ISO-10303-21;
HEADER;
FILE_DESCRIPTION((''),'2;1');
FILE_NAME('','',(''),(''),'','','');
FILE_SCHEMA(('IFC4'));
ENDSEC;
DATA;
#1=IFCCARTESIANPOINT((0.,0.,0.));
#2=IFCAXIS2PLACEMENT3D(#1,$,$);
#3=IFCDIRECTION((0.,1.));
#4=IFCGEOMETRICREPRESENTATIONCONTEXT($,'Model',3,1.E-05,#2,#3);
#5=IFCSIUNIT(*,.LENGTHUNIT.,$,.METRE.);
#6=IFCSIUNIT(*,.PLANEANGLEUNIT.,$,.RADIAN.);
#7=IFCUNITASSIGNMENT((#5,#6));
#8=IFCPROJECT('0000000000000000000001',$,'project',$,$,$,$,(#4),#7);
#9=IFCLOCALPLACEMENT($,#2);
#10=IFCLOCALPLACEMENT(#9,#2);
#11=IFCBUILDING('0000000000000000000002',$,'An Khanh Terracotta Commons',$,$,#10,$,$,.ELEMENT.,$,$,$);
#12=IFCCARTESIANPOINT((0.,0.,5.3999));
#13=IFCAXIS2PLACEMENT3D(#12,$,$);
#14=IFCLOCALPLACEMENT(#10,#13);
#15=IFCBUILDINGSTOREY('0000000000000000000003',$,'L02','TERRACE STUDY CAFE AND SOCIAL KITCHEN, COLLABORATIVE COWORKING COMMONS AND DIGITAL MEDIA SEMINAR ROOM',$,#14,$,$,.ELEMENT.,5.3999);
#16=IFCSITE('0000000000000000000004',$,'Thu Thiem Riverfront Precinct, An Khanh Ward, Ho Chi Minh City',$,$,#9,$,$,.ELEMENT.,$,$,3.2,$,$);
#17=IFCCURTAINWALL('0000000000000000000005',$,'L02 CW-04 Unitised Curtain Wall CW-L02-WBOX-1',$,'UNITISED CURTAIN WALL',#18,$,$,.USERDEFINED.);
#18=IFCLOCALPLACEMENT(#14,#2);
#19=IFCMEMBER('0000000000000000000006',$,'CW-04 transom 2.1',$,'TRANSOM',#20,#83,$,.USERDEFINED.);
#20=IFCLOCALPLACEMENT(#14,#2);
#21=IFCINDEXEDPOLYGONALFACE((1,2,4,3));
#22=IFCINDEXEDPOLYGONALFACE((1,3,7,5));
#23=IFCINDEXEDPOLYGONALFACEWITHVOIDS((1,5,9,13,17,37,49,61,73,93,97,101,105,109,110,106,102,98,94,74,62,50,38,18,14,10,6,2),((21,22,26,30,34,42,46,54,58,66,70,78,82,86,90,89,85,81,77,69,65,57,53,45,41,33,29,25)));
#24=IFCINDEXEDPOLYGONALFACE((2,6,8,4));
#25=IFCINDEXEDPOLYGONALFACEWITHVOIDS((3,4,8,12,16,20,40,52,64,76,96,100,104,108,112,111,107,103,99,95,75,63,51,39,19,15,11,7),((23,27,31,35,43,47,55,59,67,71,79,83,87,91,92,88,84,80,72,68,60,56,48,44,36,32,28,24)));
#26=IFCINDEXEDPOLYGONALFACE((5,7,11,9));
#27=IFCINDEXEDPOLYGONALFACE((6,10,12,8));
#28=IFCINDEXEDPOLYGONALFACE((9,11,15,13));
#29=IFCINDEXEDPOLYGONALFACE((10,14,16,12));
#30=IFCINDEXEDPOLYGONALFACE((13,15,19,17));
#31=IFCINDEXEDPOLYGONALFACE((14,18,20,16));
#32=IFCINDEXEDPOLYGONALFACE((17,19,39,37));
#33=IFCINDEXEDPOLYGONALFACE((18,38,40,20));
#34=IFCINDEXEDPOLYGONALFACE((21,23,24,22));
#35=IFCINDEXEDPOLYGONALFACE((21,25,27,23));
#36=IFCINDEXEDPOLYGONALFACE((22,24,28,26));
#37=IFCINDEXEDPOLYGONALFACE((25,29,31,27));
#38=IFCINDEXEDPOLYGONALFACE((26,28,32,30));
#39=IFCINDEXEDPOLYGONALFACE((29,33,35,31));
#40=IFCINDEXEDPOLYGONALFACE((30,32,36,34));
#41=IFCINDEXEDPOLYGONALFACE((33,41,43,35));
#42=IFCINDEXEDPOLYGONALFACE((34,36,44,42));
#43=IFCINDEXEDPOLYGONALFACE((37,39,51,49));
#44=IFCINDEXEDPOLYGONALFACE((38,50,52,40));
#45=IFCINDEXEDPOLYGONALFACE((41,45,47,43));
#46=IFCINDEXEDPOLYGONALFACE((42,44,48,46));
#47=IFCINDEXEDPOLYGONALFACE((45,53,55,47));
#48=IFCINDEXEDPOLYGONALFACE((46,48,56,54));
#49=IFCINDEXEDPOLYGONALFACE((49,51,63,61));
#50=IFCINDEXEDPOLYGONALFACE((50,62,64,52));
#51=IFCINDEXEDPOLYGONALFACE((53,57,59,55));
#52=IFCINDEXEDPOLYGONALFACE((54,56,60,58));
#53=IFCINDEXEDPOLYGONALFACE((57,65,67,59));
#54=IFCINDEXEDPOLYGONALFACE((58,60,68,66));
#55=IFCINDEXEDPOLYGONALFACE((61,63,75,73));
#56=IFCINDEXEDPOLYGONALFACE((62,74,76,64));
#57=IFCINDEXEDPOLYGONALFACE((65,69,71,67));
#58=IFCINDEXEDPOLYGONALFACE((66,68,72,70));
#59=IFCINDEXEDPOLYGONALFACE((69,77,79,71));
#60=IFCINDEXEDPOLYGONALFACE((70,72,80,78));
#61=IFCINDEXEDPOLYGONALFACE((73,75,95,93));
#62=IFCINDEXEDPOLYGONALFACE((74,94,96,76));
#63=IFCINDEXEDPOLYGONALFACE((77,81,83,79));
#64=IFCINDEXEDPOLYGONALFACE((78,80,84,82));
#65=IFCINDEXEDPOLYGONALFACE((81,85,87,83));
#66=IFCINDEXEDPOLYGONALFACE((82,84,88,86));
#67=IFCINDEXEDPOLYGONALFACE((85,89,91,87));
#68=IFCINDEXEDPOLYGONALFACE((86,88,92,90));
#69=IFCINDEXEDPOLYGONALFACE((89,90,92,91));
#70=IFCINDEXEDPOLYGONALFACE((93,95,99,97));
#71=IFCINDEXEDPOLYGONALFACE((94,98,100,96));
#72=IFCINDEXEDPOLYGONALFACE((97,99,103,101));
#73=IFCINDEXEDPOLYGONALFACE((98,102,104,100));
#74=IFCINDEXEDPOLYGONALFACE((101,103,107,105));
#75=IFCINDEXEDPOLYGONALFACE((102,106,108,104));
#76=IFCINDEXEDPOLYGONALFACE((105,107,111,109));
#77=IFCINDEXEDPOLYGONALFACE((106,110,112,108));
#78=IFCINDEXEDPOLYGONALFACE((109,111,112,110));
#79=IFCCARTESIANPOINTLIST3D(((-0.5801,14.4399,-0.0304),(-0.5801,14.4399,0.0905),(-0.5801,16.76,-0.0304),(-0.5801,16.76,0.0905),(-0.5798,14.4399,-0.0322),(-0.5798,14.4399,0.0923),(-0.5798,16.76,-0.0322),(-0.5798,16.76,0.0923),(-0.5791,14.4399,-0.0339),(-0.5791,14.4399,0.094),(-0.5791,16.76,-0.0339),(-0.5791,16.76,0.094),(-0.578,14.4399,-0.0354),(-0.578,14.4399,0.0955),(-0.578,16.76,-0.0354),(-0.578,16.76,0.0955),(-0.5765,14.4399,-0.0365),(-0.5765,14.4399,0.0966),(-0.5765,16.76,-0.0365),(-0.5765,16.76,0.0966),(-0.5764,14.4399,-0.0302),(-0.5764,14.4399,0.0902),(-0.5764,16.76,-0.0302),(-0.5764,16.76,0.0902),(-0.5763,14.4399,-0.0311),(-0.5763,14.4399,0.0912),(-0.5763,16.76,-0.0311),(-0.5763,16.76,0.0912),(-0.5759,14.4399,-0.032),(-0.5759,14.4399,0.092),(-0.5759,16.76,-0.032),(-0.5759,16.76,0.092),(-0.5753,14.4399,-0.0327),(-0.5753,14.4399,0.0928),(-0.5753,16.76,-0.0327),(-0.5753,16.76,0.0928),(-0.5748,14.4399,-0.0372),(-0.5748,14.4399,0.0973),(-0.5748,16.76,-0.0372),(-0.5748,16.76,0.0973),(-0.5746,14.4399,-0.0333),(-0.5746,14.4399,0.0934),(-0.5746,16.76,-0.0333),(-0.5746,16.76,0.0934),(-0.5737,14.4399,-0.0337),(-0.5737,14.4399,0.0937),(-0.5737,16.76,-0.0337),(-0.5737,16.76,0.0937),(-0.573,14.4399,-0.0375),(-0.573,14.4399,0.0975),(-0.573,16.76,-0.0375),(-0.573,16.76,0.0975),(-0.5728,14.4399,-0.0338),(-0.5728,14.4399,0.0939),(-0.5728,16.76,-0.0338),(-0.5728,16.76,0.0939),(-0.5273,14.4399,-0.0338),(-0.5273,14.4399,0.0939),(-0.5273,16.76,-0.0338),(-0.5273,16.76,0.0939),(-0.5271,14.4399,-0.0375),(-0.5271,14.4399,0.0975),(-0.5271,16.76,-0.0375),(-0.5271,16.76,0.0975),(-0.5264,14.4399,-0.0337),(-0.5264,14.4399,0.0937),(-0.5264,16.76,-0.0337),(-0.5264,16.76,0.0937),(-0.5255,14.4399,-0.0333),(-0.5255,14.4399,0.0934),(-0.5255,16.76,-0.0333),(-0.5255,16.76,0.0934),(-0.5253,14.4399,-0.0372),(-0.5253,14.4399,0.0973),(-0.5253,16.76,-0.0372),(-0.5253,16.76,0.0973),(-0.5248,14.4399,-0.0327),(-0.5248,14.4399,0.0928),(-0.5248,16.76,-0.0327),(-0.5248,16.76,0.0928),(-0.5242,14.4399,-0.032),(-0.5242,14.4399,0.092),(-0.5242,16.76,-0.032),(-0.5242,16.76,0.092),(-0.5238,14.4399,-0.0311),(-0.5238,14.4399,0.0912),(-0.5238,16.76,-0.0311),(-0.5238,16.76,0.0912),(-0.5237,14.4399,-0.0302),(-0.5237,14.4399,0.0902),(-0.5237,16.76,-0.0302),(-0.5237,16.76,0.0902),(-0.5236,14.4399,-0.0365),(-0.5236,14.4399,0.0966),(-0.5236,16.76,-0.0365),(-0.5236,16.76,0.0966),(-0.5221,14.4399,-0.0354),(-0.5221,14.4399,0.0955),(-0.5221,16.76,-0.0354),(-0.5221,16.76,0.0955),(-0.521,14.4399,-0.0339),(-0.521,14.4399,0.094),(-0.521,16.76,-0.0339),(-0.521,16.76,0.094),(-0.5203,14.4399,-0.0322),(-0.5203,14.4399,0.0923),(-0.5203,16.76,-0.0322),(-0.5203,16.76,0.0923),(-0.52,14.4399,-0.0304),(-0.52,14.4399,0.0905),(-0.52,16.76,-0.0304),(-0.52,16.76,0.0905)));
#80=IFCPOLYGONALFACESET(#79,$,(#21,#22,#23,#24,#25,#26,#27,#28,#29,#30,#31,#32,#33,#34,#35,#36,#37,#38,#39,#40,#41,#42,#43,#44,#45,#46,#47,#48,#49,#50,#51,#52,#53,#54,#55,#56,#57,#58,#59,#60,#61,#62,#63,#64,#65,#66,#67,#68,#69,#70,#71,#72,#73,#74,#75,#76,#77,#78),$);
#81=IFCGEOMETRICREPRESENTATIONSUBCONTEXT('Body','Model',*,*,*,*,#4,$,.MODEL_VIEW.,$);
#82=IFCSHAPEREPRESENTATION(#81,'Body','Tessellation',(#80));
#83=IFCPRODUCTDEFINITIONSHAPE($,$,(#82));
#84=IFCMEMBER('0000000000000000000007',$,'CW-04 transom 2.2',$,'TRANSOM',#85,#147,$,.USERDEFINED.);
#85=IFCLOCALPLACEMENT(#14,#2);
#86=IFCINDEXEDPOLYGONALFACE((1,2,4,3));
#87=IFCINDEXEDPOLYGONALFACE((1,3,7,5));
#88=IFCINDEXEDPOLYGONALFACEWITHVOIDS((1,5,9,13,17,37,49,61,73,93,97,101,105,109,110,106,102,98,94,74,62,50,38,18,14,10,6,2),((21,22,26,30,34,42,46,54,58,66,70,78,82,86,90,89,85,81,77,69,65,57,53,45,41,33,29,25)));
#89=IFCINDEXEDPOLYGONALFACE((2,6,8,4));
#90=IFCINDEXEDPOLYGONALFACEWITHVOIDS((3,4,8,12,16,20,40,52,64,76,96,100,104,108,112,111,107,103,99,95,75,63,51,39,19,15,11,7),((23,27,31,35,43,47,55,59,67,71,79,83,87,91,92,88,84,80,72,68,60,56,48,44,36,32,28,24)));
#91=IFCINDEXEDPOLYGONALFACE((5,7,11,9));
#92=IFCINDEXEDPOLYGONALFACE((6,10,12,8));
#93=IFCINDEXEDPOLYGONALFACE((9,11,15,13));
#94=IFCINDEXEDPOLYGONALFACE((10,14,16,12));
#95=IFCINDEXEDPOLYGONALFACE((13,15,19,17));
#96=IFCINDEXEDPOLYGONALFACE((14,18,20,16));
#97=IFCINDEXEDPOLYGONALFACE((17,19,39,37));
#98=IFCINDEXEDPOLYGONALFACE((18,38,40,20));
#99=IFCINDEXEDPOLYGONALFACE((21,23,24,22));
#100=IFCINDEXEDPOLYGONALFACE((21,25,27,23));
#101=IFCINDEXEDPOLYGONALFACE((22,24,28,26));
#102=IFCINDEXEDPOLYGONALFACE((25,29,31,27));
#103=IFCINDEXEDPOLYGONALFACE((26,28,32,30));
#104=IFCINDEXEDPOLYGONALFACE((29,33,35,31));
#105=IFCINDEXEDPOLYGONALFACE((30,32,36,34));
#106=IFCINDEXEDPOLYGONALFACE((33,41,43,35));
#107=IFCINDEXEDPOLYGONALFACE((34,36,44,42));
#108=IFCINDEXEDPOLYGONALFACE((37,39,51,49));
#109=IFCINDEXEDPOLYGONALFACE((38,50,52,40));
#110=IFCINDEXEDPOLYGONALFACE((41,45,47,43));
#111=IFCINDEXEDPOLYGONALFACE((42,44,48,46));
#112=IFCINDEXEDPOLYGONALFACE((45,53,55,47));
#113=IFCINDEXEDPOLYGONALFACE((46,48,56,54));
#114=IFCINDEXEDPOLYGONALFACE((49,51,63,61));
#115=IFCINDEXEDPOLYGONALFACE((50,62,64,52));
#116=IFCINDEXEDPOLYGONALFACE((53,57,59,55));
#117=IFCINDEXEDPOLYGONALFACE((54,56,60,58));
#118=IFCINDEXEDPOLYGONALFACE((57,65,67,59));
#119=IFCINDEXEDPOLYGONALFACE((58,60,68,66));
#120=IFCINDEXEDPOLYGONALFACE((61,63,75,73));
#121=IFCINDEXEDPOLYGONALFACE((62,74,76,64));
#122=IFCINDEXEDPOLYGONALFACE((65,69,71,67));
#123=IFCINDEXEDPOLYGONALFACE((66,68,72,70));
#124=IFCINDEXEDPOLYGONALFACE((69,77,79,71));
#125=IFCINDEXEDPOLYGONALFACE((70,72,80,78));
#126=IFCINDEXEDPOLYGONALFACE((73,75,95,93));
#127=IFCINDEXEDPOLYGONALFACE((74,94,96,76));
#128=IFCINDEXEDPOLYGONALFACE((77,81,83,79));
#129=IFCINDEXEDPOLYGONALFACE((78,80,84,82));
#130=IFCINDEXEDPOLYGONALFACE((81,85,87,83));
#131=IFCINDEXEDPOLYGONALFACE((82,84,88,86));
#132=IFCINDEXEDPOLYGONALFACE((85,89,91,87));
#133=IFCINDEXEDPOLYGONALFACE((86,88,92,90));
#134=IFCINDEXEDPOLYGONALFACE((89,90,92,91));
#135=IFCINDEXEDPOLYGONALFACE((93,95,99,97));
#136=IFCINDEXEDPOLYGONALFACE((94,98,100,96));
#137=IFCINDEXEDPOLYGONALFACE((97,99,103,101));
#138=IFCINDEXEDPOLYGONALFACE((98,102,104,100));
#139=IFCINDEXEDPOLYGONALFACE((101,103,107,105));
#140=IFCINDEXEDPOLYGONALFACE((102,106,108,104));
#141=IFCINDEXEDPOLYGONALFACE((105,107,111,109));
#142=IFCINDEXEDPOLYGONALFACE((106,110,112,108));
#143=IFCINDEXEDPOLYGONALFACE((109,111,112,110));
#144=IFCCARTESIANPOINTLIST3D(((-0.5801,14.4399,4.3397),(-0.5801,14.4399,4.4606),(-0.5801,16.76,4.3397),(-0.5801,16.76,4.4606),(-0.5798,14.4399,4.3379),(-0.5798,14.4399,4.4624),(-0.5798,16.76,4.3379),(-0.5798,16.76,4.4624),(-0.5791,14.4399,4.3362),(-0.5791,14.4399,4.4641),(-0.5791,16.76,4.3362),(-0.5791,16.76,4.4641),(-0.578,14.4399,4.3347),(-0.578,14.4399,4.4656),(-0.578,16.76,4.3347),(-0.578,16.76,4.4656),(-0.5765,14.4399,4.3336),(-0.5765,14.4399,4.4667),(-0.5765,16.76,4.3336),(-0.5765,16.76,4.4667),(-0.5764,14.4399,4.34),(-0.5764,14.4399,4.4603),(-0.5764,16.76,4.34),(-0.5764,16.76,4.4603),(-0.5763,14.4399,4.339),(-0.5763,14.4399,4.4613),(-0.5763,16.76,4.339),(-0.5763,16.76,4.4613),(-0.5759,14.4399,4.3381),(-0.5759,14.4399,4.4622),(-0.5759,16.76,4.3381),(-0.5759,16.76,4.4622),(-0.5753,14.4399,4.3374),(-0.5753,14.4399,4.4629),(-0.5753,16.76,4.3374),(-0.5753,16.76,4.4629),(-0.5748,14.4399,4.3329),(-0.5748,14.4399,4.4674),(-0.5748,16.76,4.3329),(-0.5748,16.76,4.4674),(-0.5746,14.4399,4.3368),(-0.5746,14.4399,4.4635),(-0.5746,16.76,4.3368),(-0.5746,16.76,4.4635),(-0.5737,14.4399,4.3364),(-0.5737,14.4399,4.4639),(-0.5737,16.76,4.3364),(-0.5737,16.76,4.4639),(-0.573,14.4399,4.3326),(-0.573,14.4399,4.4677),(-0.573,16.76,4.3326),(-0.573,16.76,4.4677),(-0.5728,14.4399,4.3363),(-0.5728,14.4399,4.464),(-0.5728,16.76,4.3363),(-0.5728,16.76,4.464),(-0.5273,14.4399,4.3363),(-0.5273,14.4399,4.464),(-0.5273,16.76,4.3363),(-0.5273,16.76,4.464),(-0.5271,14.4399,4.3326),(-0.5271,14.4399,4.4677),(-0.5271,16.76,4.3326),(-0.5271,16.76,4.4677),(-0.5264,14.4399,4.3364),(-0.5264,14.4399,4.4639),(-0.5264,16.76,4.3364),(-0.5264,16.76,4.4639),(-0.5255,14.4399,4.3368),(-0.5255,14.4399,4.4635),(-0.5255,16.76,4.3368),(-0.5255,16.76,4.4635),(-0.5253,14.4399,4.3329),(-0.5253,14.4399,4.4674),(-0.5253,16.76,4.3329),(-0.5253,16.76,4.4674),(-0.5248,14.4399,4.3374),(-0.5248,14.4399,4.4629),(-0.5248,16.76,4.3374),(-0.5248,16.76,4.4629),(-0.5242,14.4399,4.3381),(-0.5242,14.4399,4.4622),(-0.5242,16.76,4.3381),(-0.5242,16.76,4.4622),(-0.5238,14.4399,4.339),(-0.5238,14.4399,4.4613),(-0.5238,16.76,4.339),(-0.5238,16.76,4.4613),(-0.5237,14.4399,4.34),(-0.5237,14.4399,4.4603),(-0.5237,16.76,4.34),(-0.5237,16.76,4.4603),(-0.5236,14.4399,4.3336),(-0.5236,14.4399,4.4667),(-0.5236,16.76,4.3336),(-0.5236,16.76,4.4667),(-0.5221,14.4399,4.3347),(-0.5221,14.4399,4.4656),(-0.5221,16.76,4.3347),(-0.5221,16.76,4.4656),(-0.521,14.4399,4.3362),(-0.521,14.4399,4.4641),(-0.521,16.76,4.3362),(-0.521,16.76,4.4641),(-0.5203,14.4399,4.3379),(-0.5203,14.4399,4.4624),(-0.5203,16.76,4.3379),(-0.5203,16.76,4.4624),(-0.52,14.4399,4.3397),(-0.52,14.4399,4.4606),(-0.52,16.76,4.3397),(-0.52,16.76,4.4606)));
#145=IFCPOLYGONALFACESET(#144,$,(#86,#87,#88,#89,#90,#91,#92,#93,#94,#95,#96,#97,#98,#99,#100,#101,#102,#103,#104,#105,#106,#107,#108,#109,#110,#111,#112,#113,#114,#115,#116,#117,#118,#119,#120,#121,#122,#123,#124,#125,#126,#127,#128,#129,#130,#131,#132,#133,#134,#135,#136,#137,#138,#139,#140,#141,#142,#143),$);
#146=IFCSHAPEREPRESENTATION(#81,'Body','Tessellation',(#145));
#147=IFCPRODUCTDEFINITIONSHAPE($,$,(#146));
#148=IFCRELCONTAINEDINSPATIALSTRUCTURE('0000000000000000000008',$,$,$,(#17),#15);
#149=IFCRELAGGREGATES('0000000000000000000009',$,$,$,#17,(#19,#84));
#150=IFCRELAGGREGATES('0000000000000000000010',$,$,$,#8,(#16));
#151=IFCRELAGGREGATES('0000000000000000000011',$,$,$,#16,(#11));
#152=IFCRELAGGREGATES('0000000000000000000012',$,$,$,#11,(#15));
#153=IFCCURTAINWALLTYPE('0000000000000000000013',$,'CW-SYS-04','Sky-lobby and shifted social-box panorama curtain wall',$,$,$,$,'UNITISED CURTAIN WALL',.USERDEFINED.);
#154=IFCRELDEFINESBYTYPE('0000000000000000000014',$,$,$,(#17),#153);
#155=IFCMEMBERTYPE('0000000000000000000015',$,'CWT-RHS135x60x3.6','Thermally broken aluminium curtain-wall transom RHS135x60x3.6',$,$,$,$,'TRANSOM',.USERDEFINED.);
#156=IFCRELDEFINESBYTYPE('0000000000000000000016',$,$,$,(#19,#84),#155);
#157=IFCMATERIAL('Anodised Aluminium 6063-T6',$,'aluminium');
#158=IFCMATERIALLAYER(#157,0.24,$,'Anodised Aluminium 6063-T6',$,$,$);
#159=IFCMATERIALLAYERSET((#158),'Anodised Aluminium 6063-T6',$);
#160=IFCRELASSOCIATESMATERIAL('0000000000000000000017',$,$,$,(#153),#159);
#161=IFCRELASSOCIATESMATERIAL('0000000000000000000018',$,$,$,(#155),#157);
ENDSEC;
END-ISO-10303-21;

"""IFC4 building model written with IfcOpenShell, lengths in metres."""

from ifc_helpers import new_model, si_unit, direction, frame, origin, origin_2d, place, context, subcontext, project, spatial, hollow_rectangle, extrude, material, layer, layer_set, material_profile, profile_set, type_object, element, aggregate, save


model = new_model("IFC4")

# Units and contexts
model_context = context("Model", 3, precision=1e-05, world=origin(), true_north=direction((0.0, 1.0)))
body_context = subcontext(model_context, "Body", "Model", "MODEL_VIEW")
ifc_project = project(units=[si_unit("LENGTHUNIT", "METRE"), si_unit("PLANEANGLEUNIT", "RADIAN")], contexts=[model_context])

# Site, building, storey
site_placement = place(None, origin())
site = spatial("IfcSite", under=ifc_project, at=site_placement, Name="Thu Thiem Riverfront Precinct, An Khanh Ward, Ho Chi Minh City", CompositionType="ELEMENT", RefElevation=3.2)
building_placement = place(site_placement, origin())
building = spatial("IfcBuilding", under=site, at=building_placement, Name="An Khanh Terracotta Commons", CompositionType="ELEMENT")
storey_placement = place(building_placement, frame((0.0, 0.0, 5.3999)))
storey = spatial("IfcBuildingStorey", under=building, at=storey_placement, Name="L02", Description="TERRACE STUDY CAFE AND SOCIAL KITCHEN, COLLABORATIVE COWORKING COMMONS AND DIGITAL MEDIA SEMINAR ROOM", CompositionType="ELEMENT", Elevation=5.3999)

# Curtain wall
ifc_material_1 = material(Name="Anodised Aluminium 6063-T6", Category="aluminium")
ifc_layer_1 = layer(ifc_material_1, 0.24, Name="Anodised Aluminium 6063-T6")
ifc_layer_set_1 = layer_set([ifc_layer_1], Name="Anodised Aluminium 6063-T6")
curtain_wall_type = type_object("IfcCurtainWallType", Name="CW-SYS-04", Description="Sky-lobby and shifted social-box panorama curtain wall", ElementType="UNITISED CURTAIN WALL", PredefinedType="USERDEFINED", material=ifc_layer_set_1)
curtain_wall_1_placement = place(storey_placement, origin())
curtain_wall_1 = element("IfcCurtainWall", 1, at=curtain_wall_1_placement, inside=storey, type_object=curtain_wall_type, Name="L02 CW-04 Unitised Curtain Wall CW-L02-WBOX-1", ObjectType="UNITISED CURTAIN WALL", PredefinedType="USERDEFINED")

# Members
ifc_material_profile_1 = material_profile(ifc_material_1, hollow_rectangle(XDim=0.0601, YDim=0.135, WallThickness=0.0037, InnerFilletRadius=0.0037, OuterFilletRadius=0.0071, at=origin_2d()), Name="RHS135x60x3.6")
ifc_profile_set_1 = profile_set([ifc_material_profile_1], Name="Anodised Aluminium 6063-T6")
member_type_1 = type_object("IfcMemberType", Name="CWT-RHS135x60x3.6", Description="Thermally broken aluminium curtain-wall transom RHS135x60x3.6", ElementType="TRANSOM", PredefinedType="USERDEFINED", material=ifc_profile_set_1)
member_1_placement = place(storey_placement, frame((-0.55, 16.76, 0.03), z_axis=(0.0, -1.0, 0.0), x_axis=(1.0, 0.0, 0.0)))
member_1 = element("IfcMember", 2, at=member_1_placement, type_object=member_type_1, Name="CW-04 transom 2.1", ObjectType="TRANSOM", PredefinedType="USERDEFINED", context=body_context, shape_type="SweptSolid", body=[
    extrude(hollow_rectangle(XDim=0.0601, YDim=0.135, WallThickness=0.0037, InnerFilletRadius=0.0037, OuterFilletRadius=0.0071, at=origin_2d()), origin(), (0.0, 0.0, 1.0), 2.3201),
])
member_2_placement = place(storey_placement, frame((-0.55, 16.76, 4.4001), z_axis=(0.0, -1.0, 0.0), x_axis=(1.0, 0.0, 0.0)))
member_2 = element("IfcMember", 3, at=member_2_placement, type_object=member_type_1, Name="CW-04 transom 2.2", ObjectType="TRANSOM", PredefinedType="USERDEFINED", context=body_context, shape_type="SweptSolid", body=[
    extrude(hollow_rectangle(XDim=0.0601, YDim=0.135, WallThickness=0.0037, InnerFilletRadius=0.0037, OuterFilletRadius=0.0071, at=origin_2d()), origin(), (0.0, 0.0, 1.0), 2.3201),
])

aggregate(curtain_wall_1, [member_1, member_2])

save(model, "model.ifc")
